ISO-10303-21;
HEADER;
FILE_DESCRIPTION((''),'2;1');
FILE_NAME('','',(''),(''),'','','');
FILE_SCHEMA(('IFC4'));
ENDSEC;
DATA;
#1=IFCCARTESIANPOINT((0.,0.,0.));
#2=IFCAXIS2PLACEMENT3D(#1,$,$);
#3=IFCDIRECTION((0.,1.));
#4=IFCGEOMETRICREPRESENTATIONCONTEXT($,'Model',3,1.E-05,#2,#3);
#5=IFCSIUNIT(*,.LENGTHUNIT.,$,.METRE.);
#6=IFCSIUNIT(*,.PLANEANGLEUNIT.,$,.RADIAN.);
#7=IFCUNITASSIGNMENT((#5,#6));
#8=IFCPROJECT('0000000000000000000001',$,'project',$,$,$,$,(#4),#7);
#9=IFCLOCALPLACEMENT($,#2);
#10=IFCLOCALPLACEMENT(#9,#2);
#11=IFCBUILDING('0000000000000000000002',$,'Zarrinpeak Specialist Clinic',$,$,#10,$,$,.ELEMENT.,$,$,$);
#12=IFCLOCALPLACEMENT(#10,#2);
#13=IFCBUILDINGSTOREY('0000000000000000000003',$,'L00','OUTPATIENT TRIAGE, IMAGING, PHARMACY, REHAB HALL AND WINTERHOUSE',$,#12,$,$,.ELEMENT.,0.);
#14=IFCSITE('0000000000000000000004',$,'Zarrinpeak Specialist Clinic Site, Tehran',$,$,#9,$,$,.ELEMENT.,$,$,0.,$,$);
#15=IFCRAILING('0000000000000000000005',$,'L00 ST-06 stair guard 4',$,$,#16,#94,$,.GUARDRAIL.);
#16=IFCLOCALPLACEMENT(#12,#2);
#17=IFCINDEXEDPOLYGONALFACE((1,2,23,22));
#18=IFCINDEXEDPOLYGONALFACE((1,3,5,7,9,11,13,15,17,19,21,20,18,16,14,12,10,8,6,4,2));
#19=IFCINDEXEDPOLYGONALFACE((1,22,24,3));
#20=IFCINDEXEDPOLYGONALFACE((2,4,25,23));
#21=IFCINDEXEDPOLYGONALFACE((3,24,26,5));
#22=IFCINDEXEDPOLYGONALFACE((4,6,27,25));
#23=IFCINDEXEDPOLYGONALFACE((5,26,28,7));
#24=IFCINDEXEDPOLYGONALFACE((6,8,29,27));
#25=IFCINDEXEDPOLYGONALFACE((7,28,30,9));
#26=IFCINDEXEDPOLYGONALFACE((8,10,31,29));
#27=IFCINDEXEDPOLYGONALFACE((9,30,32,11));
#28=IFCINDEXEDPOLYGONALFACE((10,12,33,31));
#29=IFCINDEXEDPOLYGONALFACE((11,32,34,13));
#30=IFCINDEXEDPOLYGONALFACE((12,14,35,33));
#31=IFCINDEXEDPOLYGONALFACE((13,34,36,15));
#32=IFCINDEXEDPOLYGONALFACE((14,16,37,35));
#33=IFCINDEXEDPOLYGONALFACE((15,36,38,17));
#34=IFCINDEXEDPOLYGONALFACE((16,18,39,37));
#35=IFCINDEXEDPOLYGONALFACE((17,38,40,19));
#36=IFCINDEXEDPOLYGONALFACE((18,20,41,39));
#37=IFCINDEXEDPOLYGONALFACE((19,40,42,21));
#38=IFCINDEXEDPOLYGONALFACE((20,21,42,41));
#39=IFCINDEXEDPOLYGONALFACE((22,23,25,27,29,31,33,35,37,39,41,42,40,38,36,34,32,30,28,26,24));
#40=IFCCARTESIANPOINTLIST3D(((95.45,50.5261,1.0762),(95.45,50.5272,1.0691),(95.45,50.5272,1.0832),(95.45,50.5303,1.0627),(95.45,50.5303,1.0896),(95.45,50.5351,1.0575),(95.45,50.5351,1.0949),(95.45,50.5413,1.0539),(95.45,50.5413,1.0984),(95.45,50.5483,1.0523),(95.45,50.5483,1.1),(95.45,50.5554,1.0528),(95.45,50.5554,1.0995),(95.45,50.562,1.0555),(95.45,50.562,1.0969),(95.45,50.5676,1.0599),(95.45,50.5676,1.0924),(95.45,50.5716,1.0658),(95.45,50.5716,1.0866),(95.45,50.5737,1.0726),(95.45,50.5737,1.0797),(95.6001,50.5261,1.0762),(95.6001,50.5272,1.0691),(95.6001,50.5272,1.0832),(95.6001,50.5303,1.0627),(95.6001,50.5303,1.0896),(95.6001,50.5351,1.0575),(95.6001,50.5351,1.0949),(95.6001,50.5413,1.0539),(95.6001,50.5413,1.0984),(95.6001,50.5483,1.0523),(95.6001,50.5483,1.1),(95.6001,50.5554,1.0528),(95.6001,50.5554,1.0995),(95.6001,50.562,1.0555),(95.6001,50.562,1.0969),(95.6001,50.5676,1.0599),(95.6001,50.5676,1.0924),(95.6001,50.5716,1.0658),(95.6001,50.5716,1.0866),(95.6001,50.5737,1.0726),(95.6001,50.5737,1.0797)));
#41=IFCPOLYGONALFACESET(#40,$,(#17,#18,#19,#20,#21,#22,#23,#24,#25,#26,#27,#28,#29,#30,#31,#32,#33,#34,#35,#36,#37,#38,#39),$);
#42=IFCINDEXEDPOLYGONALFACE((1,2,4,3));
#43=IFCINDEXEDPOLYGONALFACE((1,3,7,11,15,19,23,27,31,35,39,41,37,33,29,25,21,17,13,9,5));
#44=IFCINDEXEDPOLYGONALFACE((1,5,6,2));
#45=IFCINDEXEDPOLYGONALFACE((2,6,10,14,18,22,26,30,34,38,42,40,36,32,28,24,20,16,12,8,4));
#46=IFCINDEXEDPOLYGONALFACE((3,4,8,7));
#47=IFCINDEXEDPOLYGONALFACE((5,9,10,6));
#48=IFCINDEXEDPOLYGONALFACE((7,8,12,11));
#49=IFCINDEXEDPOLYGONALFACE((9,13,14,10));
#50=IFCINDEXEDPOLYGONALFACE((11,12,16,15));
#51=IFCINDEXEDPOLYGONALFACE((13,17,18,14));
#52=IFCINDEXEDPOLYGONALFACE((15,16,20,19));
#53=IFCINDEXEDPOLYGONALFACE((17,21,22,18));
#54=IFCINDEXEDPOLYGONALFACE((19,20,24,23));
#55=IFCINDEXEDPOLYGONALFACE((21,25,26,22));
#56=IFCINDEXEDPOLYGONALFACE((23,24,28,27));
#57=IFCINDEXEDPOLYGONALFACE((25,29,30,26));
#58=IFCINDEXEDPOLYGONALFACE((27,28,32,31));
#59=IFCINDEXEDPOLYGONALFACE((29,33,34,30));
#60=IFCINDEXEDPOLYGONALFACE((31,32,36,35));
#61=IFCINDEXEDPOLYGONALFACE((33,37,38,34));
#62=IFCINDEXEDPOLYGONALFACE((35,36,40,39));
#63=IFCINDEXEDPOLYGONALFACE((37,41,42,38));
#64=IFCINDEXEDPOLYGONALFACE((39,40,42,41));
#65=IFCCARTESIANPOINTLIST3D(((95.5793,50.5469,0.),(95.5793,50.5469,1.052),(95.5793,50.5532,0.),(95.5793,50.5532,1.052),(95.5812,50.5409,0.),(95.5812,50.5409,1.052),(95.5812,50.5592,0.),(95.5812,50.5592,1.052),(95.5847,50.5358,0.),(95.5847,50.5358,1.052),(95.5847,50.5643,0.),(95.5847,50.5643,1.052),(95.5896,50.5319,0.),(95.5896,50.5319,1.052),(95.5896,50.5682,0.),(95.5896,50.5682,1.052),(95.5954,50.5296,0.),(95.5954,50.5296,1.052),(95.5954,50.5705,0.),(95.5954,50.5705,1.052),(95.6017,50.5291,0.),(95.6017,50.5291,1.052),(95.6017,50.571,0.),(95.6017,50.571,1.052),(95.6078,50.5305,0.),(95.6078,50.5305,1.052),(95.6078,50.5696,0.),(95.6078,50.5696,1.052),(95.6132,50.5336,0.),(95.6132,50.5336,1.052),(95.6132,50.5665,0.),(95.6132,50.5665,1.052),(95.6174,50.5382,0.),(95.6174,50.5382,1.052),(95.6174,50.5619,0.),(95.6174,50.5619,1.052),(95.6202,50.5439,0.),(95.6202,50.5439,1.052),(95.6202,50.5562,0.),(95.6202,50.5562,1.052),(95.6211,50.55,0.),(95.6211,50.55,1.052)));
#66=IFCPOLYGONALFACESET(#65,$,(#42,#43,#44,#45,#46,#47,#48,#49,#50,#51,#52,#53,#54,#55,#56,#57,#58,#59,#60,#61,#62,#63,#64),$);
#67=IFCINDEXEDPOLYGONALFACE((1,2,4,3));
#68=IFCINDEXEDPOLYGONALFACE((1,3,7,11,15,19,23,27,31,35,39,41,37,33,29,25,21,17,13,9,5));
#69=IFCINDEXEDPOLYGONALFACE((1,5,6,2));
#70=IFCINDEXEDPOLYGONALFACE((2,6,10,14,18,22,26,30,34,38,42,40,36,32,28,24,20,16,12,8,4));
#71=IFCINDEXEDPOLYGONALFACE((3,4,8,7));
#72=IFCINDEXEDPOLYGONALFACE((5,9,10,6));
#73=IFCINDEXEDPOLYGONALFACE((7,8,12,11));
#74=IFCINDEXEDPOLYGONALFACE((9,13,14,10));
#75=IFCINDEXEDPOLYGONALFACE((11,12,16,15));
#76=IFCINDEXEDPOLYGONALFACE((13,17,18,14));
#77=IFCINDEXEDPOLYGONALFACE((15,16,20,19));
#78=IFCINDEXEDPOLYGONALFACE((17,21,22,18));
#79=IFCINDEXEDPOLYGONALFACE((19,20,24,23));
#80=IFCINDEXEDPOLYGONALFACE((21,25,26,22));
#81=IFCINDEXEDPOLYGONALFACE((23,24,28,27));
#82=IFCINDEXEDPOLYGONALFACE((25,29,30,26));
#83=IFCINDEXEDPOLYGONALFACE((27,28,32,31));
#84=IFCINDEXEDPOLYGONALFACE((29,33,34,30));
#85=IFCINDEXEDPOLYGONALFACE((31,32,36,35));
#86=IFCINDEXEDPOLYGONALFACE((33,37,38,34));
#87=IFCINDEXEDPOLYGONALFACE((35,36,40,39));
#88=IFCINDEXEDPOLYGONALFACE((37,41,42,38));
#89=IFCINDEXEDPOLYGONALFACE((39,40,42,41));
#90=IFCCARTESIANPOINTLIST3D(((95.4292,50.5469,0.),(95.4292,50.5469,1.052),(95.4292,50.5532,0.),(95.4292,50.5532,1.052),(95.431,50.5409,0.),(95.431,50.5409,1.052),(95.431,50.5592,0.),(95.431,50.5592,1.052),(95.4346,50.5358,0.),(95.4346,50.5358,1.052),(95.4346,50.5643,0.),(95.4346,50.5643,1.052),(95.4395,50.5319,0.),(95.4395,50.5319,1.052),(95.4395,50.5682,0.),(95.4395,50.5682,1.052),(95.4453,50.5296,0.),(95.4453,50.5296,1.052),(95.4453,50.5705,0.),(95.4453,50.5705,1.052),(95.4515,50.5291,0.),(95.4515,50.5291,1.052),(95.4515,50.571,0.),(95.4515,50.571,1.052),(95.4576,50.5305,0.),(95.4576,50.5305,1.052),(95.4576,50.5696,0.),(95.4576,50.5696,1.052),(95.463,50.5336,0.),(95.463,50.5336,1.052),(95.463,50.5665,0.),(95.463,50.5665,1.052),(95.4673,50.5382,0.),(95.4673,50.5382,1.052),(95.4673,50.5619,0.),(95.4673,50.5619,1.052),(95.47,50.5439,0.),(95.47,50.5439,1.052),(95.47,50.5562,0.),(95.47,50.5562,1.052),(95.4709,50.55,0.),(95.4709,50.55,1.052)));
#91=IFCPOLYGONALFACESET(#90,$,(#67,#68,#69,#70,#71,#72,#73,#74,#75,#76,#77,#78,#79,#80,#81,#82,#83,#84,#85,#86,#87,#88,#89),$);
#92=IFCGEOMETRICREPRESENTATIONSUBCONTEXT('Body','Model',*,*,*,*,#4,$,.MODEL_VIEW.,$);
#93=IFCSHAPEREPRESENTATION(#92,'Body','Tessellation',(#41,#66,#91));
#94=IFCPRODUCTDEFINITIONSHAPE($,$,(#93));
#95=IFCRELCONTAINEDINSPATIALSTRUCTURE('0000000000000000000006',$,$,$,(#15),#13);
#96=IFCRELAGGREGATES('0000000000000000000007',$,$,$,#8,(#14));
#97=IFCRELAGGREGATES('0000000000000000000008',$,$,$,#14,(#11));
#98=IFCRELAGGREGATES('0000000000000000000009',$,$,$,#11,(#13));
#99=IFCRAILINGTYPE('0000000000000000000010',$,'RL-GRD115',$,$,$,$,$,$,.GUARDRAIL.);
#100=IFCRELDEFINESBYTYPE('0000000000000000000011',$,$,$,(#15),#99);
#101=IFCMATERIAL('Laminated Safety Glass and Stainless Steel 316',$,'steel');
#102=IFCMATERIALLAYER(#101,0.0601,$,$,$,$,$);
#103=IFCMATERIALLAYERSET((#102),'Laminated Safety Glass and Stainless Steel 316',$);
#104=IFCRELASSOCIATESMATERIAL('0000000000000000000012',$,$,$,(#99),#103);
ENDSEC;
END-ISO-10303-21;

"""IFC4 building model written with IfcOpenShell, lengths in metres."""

from ifc_helpers import new_model, si_unit, direction, frame, origin, origin_2d, place, context, subcontext, project, spatial, circle, extrude, material, layer, layer_set, type_object, element, save


model = new_model("IFC4")

# Units and contexts
model_context = context("Model", 3, precision=1e-05, world=origin(), true_north=direction((0.0, 1.0)))
body_context = subcontext(model_context, "Body", "Model", "MODEL_VIEW")
ifc_project = project(units=[si_unit("LENGTHUNIT", "METRE"), si_unit("PLANEANGLEUNIT", "RADIAN")], contexts=[model_context])

# Site, building, storey
site_placement = place(None, origin())
site = spatial("IfcSite", under=ifc_project, at=site_placement, Name="Zarrinpeak Specialist Clinic Site, Tehran", CompositionType="ELEMENT", RefElevation=0.0)
building_placement = place(site_placement, origin())
building = spatial("IfcBuilding", under=site, at=building_placement, Name="Zarrinpeak Specialist Clinic", CompositionType="ELEMENT")
storey_placement = place(building_placement, origin())
storey = spatial("IfcBuildingStorey", under=building, at=storey_placement, Name="L00", Description="OUTPATIENT TRIAGE, IMAGING, PHARMACY, REHAB HALL AND WINTERHOUSE", CompositionType="ELEMENT", Elevation=0.0)

# Railing
ifc_material_1 = material(Name="Laminated Safety Glass and Stainless Steel 316", Category="steel")
ifc_layer_1 = layer(ifc_material_1, 0.0601)
ifc_layer_set_1 = layer_set([ifc_layer_1], Name="Laminated Safety Glass and Stainless Steel 316")
railing_type_1 = type_object("IfcRailingType", Name="RL-GRD115", PredefinedType="GUARDRAIL", material=ifc_layer_set_1)
railing_1_placement = place(storey_placement, frame((95.6001, 50.55, 0.0)))
element("IfcRailing", 1, at=railing_1_placement, inside=storey, type_object=railing_type_1, Name="L00 ST-06 stair guard 4", PredefinedType="GUARDRAIL", context=body_context, shape_type="SweptSolid", body=[
    extrude(circle(Radius=0.0239, at=origin_2d()), frame((0.0, 0.0, 1.0762), z_axis=(-1.0, 0.0, 0.0), x_axis=(0.0, -1.0, 0.0)), (0.0, 0.0, 1.0), 0.1501),
    extrude(circle(Radius=0.021, at=origin_2d()), origin(), (0.0, 0.0, 1.0), 1.052),
    extrude(circle(Radius=0.021, at=origin_2d()), frame((-0.1501, 0.0, 0.0)), (0.0, 0.0, 1.0), 1.052),
])

save(model, "model.ifc")
